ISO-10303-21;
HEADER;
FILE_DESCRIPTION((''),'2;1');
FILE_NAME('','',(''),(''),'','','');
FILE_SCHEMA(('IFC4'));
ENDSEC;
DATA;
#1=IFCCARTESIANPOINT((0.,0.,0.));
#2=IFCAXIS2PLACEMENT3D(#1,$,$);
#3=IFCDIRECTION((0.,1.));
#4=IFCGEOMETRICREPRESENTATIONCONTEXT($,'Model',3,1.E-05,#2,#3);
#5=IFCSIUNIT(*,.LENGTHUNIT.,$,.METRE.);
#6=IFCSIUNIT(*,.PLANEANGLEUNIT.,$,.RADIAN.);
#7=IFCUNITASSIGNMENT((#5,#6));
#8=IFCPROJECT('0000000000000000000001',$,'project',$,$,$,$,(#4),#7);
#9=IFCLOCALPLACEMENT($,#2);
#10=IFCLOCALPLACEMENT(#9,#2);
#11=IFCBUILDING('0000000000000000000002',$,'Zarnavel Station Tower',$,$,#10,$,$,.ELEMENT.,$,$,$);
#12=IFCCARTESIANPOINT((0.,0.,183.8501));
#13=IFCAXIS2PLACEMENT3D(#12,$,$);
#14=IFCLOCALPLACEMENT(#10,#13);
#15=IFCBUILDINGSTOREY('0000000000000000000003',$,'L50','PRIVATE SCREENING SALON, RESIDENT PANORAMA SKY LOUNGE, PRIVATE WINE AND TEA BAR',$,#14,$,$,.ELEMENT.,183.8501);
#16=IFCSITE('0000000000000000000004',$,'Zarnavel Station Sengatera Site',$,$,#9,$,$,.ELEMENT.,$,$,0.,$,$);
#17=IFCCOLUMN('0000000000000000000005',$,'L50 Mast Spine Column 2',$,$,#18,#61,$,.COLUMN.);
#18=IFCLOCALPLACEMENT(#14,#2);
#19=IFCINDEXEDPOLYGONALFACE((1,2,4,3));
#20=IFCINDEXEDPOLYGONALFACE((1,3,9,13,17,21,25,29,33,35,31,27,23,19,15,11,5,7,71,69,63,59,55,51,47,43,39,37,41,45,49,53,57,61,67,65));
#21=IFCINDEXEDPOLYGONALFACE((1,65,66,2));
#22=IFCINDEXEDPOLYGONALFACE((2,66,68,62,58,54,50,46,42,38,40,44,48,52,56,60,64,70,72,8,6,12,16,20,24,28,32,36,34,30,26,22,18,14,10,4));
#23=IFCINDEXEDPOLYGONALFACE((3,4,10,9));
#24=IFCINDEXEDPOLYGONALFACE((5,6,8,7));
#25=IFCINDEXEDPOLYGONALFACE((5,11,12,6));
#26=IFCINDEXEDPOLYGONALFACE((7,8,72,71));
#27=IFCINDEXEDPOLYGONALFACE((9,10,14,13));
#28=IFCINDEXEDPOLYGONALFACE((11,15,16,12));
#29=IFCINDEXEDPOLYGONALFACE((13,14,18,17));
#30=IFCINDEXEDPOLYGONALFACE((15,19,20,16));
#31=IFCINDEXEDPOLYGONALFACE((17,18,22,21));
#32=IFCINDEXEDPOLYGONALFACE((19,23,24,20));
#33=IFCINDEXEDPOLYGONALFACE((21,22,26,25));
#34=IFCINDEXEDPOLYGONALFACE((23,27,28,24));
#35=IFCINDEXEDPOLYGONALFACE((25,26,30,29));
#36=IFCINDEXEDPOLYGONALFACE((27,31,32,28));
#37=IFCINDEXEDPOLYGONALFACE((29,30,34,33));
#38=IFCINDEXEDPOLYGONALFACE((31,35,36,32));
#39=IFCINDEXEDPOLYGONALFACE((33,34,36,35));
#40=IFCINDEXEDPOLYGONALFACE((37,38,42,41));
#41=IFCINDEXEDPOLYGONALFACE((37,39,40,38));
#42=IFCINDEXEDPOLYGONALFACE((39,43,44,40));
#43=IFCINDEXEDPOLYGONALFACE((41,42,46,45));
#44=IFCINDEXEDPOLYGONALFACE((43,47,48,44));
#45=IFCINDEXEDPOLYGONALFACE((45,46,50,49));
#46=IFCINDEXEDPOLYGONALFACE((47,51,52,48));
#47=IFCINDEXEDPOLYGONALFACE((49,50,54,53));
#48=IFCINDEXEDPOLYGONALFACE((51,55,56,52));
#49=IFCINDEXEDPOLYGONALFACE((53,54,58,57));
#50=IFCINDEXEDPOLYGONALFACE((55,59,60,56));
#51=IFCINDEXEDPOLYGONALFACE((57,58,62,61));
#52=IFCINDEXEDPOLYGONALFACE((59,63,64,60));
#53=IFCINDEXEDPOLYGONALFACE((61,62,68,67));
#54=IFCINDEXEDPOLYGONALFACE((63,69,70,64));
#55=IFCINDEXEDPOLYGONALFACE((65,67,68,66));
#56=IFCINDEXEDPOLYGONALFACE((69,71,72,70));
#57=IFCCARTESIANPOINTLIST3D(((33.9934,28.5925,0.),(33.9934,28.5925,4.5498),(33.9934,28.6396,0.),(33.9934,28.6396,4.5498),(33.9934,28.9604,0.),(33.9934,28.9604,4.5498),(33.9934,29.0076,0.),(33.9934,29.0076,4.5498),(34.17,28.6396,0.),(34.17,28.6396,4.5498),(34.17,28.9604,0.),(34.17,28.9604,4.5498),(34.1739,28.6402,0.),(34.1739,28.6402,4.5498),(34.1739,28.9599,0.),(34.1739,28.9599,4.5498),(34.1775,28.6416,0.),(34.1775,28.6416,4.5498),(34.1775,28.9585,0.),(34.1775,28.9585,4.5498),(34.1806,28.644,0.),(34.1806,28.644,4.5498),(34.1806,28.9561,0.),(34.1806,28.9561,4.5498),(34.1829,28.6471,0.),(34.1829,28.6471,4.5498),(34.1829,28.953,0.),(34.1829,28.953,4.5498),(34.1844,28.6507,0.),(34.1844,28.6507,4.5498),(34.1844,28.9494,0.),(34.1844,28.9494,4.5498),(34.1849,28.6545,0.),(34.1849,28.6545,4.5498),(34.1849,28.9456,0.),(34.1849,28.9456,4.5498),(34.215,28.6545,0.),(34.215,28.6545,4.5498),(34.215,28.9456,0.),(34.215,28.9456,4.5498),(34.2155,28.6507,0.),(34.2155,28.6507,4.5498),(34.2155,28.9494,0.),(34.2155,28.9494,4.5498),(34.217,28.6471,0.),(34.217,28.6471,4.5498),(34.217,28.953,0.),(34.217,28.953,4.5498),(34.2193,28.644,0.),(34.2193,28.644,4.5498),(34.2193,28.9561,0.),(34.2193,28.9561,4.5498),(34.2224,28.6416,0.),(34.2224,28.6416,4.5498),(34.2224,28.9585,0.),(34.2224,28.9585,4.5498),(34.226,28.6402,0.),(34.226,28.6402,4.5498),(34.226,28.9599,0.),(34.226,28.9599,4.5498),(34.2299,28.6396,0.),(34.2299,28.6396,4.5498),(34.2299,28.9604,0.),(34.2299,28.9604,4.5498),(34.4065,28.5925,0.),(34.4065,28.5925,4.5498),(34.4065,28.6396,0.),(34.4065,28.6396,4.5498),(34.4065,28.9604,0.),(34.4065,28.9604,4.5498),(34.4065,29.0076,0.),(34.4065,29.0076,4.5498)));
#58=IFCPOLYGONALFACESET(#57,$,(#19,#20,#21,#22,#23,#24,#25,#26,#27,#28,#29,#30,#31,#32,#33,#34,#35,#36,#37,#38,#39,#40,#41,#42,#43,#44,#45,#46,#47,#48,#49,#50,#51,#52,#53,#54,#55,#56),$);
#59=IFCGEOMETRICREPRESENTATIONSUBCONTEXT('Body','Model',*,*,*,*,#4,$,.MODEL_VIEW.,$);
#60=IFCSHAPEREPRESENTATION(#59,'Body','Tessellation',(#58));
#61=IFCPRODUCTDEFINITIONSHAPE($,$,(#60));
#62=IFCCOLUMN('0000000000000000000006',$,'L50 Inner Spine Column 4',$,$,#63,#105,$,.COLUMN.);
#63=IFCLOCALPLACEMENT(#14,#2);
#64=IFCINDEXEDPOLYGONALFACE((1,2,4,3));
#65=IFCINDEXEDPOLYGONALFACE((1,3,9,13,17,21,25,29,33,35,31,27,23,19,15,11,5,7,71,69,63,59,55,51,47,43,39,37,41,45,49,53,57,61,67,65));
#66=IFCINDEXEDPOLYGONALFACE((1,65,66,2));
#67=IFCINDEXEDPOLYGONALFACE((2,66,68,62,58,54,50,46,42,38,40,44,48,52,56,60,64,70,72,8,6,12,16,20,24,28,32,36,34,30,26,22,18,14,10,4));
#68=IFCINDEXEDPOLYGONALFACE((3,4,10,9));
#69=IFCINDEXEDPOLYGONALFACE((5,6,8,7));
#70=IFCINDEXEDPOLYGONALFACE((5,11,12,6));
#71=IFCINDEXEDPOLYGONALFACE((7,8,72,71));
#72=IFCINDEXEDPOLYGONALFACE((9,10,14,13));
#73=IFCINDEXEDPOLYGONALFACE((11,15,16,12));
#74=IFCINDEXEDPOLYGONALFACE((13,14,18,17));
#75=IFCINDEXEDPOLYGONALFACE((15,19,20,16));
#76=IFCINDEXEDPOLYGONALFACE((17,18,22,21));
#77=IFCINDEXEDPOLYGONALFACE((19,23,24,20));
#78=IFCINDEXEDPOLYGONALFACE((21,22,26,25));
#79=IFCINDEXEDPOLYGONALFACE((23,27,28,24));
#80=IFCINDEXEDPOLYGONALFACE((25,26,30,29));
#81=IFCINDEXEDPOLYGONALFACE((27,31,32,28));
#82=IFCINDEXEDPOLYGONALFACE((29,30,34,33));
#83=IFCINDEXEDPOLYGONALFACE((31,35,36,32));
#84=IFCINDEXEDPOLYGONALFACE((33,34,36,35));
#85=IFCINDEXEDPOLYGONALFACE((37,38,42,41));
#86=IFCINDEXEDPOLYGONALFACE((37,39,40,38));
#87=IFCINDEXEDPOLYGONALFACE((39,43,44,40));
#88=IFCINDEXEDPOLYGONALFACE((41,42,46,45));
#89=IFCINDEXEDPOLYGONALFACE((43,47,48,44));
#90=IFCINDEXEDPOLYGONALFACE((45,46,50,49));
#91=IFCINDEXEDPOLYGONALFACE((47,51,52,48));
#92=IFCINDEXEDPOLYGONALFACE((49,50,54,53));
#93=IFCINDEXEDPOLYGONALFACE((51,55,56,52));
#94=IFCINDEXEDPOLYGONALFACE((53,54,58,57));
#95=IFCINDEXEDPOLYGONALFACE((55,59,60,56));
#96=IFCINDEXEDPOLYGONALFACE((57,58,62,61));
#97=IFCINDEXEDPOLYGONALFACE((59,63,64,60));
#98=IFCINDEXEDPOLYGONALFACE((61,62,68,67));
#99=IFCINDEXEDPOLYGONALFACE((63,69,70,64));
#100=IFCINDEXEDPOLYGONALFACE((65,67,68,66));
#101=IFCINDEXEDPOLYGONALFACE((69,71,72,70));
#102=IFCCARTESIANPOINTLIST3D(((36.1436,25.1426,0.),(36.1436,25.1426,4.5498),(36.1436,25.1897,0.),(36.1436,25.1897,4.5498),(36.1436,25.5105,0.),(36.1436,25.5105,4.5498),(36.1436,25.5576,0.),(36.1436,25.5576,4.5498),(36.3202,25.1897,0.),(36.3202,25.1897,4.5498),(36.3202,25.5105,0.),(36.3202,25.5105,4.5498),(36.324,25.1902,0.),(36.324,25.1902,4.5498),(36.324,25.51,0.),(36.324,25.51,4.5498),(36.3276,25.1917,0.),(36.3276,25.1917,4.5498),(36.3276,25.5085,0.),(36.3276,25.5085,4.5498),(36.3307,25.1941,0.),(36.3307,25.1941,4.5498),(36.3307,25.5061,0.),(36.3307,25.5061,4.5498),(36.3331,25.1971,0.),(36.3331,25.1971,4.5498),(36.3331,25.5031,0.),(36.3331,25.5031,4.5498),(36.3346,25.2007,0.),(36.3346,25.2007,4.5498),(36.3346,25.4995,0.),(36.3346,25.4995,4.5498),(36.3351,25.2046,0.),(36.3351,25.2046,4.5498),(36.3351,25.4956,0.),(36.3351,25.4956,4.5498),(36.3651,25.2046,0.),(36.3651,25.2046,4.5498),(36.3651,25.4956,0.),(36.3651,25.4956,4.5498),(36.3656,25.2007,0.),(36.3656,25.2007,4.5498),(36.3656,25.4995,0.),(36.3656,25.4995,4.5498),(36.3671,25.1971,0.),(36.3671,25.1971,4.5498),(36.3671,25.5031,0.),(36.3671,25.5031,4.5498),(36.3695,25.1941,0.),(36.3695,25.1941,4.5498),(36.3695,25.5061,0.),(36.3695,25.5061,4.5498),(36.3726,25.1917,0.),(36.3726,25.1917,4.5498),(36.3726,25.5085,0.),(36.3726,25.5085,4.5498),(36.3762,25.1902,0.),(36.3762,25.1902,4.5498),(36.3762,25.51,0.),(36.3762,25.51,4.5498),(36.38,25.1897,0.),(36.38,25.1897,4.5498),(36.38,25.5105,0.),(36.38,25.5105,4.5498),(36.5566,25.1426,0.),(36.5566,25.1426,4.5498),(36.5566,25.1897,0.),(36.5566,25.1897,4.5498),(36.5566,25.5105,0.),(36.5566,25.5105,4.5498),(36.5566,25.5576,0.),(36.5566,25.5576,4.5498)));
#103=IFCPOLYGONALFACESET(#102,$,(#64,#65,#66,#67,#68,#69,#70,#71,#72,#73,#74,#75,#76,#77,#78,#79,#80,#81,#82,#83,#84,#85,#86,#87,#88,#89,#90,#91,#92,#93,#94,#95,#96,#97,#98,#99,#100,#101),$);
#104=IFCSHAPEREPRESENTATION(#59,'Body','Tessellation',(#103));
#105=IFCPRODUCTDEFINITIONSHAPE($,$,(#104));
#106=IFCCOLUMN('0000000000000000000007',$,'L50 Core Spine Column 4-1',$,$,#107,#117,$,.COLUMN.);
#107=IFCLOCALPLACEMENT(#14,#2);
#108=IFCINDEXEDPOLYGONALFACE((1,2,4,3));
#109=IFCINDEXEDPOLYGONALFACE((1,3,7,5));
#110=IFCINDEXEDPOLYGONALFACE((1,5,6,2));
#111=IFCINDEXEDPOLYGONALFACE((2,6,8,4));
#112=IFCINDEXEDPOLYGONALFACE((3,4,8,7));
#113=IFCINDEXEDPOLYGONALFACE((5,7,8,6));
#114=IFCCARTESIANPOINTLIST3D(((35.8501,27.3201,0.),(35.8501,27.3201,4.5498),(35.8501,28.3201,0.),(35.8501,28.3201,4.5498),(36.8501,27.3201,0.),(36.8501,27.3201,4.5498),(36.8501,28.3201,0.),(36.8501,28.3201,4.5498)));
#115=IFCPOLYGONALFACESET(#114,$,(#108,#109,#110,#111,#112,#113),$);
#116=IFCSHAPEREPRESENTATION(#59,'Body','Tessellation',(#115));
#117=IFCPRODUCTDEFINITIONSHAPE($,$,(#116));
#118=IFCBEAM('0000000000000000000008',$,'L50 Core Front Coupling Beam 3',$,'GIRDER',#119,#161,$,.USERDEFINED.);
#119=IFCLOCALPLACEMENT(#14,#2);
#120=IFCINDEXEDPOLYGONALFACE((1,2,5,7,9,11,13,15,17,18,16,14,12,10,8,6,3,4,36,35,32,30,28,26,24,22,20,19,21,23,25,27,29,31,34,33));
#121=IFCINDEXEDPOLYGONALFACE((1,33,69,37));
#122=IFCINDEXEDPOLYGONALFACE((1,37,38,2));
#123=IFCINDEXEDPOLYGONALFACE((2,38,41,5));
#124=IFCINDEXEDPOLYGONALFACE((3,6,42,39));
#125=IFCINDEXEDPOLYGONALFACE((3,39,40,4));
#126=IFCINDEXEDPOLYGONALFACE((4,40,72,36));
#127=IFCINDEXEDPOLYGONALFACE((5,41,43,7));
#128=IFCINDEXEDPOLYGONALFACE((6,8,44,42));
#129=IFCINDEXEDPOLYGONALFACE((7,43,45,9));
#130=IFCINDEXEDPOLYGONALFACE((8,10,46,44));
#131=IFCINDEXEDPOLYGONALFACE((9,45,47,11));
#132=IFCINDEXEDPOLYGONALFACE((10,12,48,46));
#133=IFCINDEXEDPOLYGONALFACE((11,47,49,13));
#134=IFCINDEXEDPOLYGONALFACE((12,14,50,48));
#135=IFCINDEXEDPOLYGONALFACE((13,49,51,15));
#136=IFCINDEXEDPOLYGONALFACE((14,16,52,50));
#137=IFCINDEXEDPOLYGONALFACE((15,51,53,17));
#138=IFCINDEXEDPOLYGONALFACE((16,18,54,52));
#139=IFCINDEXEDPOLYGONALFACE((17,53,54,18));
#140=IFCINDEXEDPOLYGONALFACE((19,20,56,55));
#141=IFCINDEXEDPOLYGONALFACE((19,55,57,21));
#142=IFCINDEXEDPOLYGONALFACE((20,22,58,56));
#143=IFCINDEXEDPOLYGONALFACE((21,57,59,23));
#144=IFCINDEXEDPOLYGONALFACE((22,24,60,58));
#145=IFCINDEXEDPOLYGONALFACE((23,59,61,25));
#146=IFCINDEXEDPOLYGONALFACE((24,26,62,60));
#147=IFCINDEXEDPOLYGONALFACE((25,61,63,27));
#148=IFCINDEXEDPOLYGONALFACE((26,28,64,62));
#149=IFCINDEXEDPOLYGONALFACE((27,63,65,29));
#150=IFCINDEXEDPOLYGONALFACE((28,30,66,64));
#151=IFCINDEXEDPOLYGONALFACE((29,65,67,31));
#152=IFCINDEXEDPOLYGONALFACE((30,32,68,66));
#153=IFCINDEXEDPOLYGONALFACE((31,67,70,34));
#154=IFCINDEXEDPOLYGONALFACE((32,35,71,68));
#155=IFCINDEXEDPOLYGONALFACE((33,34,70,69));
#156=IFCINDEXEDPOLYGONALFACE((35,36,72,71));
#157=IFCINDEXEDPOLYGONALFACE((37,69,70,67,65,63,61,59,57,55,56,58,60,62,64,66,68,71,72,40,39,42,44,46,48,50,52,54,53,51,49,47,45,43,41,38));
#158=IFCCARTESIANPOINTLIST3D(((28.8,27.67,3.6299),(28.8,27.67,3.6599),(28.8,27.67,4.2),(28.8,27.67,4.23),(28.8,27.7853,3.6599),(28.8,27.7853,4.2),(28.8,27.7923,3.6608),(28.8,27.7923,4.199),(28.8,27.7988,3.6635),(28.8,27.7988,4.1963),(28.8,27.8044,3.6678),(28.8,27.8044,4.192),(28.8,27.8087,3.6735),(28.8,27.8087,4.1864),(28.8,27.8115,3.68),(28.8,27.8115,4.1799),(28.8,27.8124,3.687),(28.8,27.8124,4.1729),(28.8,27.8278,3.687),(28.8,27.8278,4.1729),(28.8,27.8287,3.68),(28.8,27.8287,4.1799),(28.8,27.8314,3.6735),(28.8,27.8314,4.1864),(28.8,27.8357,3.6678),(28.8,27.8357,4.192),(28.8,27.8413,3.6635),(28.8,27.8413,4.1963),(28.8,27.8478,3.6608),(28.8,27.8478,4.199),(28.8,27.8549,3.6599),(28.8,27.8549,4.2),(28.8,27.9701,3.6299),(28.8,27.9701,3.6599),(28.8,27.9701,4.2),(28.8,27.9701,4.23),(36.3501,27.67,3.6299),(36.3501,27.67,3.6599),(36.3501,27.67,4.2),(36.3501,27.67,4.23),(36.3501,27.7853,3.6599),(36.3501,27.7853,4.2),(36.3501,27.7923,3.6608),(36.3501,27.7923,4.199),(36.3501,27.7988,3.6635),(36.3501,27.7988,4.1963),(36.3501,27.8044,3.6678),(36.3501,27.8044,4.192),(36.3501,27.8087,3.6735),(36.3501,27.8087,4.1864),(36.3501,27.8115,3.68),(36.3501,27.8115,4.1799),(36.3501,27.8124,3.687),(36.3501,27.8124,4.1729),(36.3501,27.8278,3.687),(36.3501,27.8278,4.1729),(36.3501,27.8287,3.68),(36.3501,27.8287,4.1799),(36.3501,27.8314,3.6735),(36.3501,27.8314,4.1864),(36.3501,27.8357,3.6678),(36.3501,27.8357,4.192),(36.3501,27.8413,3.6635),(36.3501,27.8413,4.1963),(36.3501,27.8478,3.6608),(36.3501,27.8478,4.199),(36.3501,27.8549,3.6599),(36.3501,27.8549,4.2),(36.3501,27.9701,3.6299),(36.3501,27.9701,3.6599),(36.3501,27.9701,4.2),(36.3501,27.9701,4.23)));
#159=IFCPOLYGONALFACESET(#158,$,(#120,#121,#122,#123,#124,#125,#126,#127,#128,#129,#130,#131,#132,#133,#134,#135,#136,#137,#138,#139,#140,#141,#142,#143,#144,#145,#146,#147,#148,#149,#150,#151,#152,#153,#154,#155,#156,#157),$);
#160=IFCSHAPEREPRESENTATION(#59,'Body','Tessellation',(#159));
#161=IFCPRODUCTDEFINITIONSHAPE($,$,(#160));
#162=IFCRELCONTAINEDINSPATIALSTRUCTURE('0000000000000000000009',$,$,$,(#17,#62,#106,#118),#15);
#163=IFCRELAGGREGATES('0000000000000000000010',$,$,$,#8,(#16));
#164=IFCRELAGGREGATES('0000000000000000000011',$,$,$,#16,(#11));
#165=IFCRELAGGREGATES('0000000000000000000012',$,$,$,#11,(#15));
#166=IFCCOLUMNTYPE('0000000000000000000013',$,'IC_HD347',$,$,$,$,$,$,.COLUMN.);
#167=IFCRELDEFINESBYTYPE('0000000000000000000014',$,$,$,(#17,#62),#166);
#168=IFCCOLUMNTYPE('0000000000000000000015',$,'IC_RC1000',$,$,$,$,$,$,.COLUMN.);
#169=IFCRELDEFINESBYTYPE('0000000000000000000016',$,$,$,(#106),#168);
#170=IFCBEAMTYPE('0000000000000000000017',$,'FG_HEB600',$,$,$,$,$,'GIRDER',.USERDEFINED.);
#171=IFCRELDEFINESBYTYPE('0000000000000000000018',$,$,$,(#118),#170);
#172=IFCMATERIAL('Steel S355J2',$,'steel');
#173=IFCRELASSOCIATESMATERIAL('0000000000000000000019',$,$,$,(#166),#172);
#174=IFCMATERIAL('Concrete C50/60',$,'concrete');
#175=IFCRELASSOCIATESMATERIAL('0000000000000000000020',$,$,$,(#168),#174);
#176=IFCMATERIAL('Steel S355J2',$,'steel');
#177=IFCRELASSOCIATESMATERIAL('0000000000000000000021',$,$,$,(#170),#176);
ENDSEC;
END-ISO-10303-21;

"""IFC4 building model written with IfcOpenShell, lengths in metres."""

from ifc_helpers import new_model, si_unit, direction, frame, origin, origin_2d, place, context, subcontext, project, spatial, rectangle, i_section, extrude, material, material_profile, profile_set, type_object, element, save


model = new_model("IFC4")

# Units and contexts
model_context = context("Model", 3, precision=1e-05, world=origin(), true_north=direction((0.0, 1.0)))
body_context = subcontext(model_context, "Body", "Model", "MODEL_VIEW")
ifc_project = project(units=[si_unit("LENGTHUNIT", "METRE"), si_unit("PLANEANGLEUNIT", "RADIAN")], contexts=[model_context])

# Site, building, storey
site_placement = place(None, origin())
site = spatial("IfcSite", under=ifc_project, at=site_placement, Name="Zarnavel Station Sengatera Site", CompositionType="ELEMENT", RefElevation=0.0)
building_placement = place(site_placement, origin())
building = spatial("IfcBuilding", under=site, at=building_placement, Name="Zarnavel Station Tower", CompositionType="ELEMENT")
storey_placement = place(building_placement, frame((0.0, 0.0, 183.8501)))
storey = spatial("IfcBuildingStorey", under=building, at=storey_placement, Name="L50", Description="PRIVATE SCREENING SALON, RESIDENT PANORAMA SKY LOUNGE, PRIVATE WINE AND TEA BAR", CompositionType="ELEMENT", Elevation=183.8501)

# Columns
ifc_material_1 = material(Name="Steel S355J2", Category="steel")
ifc_material_profile_1 = material_profile(ifc_material_1, i_section(OverallWidth=0.4131, OverallDepth=0.415, WebThickness=0.03, FlangeThickness=0.0471, FilletRadius=0.0149, at=origin_2d()), Name="HD400x347")
ifc_profile_set_1 = profile_set([ifc_material_profile_1], Name="Steel S355J2")
column_type_1 = type_object("IfcColumnType", Name="IC_HD347", PredefinedType="COLUMN", material=ifc_profile_set_1)
for number, where, z_axis, x_axis, name in (
    (1, (34.2, 28.8, 0.0), (0.0, 0.0, 1.0), (1.0, 0.0, 0.0), "L50 Mast Spine Column 2"),
    (2, (36.3501, 25.3501, 0.0), (0.0, 0.0, 1.0), (1.0, 0.0, 0.0), "L50 Inner Spine Column 4"),
):
    element("IfcColumn", number, at=place(storey_placement, frame(where, z_axis=z_axis, x_axis=x_axis)), inside=storey, type_object=column_type_1, Name=name, PredefinedType="COLUMN", context=body_context, shape_type="SweptSolid", body=[
        extrude(i_section(OverallWidth=0.4131, OverallDepth=0.415, WebThickness=0.03, FlangeThickness=0.0471, FilletRadius=0.0149, at=origin_2d()), origin(), (0.0, 0.0, 1.0), 4.5498),
    ])
ifc_material_2 = material(Name="Concrete C50/60", Category="concrete")
ifc_material_profile_2 = material_profile(ifc_material_2, rectangle(XDim=1.0, YDim=1.0, at=origin_2d()), Name="RC1000x1000")
ifc_profile_set_2 = profile_set([ifc_material_profile_2], Name="Concrete C50/60")
column_type_2 = type_object("IfcColumnType", Name="IC_RC1000", PredefinedType="COLUMN", material=ifc_profile_set_2)
column_placement = place(storey_placement, frame((36.3501, 27.8201, 0.0), z_axis=(0.0, 0.0, 1.0), x_axis=(1.0, 0.0, 0.0)))
element("IfcColumn", 3, at=column_placement, inside=storey, type_object=column_type_2, Name="L50 Core Spine Column 4-1", PredefinedType="COLUMN", context=body_context, shape_type="SweptSolid", body=[
    extrude(rectangle(XDim=1.0, YDim=1.0, at=origin_2d()), origin(), (0.0, 0.0, 1.0), 4.5498),
])

# Beam
ifc_material_3 = material(Name="Steel S355J2", Category="steel")
ifc_material_profile_3 = material_profile(ifc_material_3, i_section(OverallWidth=0.3, OverallDepth=0.6001, WebThickness=0.0154, FlangeThickness=0.03, FilletRadius=0.0271, at=origin_2d()), Name="HEB600")
ifc_profile_set_3 = profile_set([ifc_material_profile_3], Name="Steel S355J2")
beam_type_1 = type_object("IfcBeamType", Name="FG_HEB600", ElementType="GIRDER", PredefinedType="USERDEFINED", material=ifc_profile_set_3)
beam_1_placement = place(storey_placement, frame((28.8, 27.8201, 3.9299), z_axis=(1.0, 0.0, 0.0), x_axis=(0.0, 1.0, 0.0)))
element("IfcBeam", 4, at=beam_1_placement, inside=storey, type_object=beam_type_1, Name="L50 Core Front Coupling Beam 3", ObjectType="GIRDER", PredefinedType="USERDEFINED", context=body_context, shape_type="SweptSolid", body=[
    extrude(i_section(OverallWidth=0.3, OverallDepth=0.6001, WebThickness=0.0154, FlangeThickness=0.03, FilletRadius=0.0271, at=origin_2d()), origin(), (0.0, 0.0, 1.0), 7.55),
])

save(model, "model.ifc")
